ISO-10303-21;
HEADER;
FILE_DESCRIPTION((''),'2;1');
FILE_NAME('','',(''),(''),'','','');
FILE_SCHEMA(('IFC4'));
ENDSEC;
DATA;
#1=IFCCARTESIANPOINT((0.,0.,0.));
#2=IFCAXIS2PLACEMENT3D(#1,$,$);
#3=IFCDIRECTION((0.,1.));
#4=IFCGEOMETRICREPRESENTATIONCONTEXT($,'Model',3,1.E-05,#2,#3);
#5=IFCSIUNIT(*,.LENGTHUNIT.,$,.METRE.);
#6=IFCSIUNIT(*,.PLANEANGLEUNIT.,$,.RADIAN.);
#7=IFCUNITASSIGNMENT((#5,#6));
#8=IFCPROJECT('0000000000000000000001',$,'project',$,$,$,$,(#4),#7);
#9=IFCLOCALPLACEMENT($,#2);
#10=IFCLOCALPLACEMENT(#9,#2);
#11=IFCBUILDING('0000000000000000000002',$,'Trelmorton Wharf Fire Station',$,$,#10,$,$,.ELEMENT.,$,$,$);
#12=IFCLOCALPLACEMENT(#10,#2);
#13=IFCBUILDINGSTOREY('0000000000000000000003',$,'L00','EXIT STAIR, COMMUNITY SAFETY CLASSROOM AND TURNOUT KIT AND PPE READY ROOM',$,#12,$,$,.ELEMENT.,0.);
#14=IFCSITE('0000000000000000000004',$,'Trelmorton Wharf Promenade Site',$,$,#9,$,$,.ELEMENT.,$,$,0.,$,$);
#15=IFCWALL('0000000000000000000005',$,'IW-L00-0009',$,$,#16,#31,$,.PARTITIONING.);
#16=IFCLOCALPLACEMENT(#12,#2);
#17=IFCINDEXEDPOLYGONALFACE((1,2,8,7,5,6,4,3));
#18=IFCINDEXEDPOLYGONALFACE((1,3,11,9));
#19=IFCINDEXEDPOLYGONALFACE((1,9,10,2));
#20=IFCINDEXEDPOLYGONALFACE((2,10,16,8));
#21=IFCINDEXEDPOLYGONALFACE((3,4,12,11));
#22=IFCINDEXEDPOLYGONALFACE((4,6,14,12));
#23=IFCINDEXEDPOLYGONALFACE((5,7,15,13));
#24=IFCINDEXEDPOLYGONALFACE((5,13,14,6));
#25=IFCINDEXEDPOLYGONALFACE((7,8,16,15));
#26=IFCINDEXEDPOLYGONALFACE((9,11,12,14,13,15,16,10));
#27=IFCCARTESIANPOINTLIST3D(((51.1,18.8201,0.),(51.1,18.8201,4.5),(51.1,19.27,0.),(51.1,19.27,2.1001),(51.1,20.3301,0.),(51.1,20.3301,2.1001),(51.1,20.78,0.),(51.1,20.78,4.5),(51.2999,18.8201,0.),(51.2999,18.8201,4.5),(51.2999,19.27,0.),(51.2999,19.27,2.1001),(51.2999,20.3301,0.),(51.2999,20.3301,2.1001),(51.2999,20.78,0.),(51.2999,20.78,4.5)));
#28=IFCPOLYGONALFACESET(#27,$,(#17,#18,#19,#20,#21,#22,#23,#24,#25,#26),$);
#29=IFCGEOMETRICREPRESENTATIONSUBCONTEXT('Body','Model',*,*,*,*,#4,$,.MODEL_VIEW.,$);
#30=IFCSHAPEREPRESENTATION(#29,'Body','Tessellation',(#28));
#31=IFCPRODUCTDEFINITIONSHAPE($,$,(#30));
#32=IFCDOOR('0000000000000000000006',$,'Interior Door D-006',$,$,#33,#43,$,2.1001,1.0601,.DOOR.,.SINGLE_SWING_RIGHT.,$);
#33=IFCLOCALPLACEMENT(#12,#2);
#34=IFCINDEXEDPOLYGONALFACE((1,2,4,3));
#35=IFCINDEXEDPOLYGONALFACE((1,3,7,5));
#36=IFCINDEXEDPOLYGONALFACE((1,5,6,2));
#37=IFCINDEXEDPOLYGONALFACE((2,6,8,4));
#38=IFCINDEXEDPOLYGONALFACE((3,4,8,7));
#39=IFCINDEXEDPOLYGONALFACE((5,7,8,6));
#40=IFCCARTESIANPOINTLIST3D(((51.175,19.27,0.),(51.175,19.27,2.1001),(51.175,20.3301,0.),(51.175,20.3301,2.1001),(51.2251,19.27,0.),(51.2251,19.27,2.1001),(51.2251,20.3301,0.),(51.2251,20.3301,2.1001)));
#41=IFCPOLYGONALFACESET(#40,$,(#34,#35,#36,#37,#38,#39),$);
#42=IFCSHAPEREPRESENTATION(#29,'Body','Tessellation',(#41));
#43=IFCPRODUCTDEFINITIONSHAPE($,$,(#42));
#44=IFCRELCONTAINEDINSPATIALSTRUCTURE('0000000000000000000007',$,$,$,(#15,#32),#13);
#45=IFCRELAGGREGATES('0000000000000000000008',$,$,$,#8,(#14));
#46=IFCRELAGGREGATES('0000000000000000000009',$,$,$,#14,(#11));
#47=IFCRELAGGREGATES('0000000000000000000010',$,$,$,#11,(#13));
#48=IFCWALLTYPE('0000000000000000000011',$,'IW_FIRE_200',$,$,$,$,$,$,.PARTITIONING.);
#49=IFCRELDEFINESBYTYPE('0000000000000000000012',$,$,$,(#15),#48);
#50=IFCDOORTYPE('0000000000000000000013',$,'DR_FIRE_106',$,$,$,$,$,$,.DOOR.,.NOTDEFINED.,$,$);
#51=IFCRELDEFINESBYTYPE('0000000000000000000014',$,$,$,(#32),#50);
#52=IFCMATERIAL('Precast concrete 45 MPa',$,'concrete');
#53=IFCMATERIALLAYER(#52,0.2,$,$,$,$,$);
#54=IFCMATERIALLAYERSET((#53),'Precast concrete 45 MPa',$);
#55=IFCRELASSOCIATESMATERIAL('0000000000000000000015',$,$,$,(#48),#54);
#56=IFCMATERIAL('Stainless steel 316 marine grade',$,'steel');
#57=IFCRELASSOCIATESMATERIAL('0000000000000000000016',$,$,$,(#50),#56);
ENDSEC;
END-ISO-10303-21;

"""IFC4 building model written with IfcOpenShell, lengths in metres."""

from ifc_helpers import new_model, si_unit, direction, frame, frame_2d, origin, place, context, subcontext, project, spatial, rectangle, extrude, material, layer, layer_set, type_object, element, fill, save


model = new_model("IFC4")

# Units and contexts
model_context = context("Model", 3, precision=1e-05, world=origin(), true_north=direction((0.0, 1.0)))
body_context = subcontext(model_context, "Body", "Model", "MODEL_VIEW")
ifc_project = project(units=[si_unit("LENGTHUNIT", "METRE"), si_unit("PLANEANGLEUNIT", "RADIAN")], contexts=[model_context])

# Site, building, storey
site_placement = place(None, origin())
site = spatial("IfcSite", under=ifc_project, at=site_placement, Name="Trelmorton Wharf Promenade Site", CompositionType="ELEMENT", RefElevation=0.0)
building_placement = place(site_placement, origin())
building = spatial("IfcBuilding", under=site, at=building_placement, Name="Trelmorton Wharf Fire Station", CompositionType="ELEMENT")
storey_placement = place(building_placement, origin())
storey = spatial("IfcBuildingStorey", under=building, at=storey_placement, Name="L00", Description="EXIT STAIR, COMMUNITY SAFETY CLASSROOM AND TURNOUT KIT AND PPE READY ROOM", CompositionType="ELEMENT", Elevation=0.0)

# Shared definitions
ifc_material_1 = material(Name="Precast concrete 45 MPa", Category="concrete")

# Wall, opening, door
ifc_layer_1 = layer(ifc_material_1, 0.2)
ifc_layer_set_1 = layer_set([ifc_layer_1], Name="Precast concrete 45 MPa")
wall_type_1 = type_object("IfcWallType", Name="IW_FIRE_200", PredefinedType="PARTITIONING", material=ifc_layer_set_1)
wall_1_placement = place(storey_placement, frame((51.2, 18.8201, 0.0), z_axis=(0.0, 0.0, 1.0), x_axis=(0.0, 1.0, 0.0)))
wall_1 = element("IfcWall", 1, at=wall_1_placement, inside=storey, type_object=wall_type_1, Name="IW-L00-0009", PredefinedType="PARTITIONING", context=body_context, shape_type="SweptSolid", body=[
    extrude(rectangle(XDim=1.96, YDim=0.2, at=frame_2d((0.98, 0.0))), origin(), (0.0, 0.0, 1.0), 4.5),
])
opening_1_placement = place(wall_1_placement, frame((0.45, 0.0, 0.0)))
opening_1 = element("IfcOpeningElement", 2, at=opening_1_placement, cuts=wall_1, PredefinedType="OPENING", context=body_context, shape_type="SweptSolid", body=[
    extrude(rectangle(XDim=1.0601, YDim=2.1001, at=frame_2d((0.53, 1.05))), frame((0.0, 0.1099, 0.0), z_axis=(0.0, -1.0, 0.0), x_axis=(1.0, 0.0, 0.0)), (0.0, 0.0, 1.0), 0.22),
])
ifc_material_2 = material(Name="Stainless steel 316 marine grade", Category="steel")
door_type = type_object("IfcDoorType", Name="DR_FIRE_106", OperationType="NOTDEFINED", PredefinedType="DOOR", material=ifc_material_2)
door_placement = place(opening_1_placement, origin())
door = element("IfcDoor", 3, at=door_placement, inside=storey, type_object=door_type, Name="Interior Door D-006", OperationType="SINGLE_SWING_RIGHT", OverallHeight=2.1001, OverallWidth=1.0601, PredefinedType="DOOR", context=body_context, shape_type="SweptSolid", body=[
    extrude(rectangle(XDim=1.0601, YDim=2.1001, at=frame_2d((0.53, 1.05))), frame((0.0, 0.0249, 0.0), z_axis=(0.0, -1.0, 0.0), x_axis=(1.0, 0.0, 0.0)), (0.0, 0.0, 1.0), 0.05),
])
fill(opening_1, door)

save(model, "model.ifc")
